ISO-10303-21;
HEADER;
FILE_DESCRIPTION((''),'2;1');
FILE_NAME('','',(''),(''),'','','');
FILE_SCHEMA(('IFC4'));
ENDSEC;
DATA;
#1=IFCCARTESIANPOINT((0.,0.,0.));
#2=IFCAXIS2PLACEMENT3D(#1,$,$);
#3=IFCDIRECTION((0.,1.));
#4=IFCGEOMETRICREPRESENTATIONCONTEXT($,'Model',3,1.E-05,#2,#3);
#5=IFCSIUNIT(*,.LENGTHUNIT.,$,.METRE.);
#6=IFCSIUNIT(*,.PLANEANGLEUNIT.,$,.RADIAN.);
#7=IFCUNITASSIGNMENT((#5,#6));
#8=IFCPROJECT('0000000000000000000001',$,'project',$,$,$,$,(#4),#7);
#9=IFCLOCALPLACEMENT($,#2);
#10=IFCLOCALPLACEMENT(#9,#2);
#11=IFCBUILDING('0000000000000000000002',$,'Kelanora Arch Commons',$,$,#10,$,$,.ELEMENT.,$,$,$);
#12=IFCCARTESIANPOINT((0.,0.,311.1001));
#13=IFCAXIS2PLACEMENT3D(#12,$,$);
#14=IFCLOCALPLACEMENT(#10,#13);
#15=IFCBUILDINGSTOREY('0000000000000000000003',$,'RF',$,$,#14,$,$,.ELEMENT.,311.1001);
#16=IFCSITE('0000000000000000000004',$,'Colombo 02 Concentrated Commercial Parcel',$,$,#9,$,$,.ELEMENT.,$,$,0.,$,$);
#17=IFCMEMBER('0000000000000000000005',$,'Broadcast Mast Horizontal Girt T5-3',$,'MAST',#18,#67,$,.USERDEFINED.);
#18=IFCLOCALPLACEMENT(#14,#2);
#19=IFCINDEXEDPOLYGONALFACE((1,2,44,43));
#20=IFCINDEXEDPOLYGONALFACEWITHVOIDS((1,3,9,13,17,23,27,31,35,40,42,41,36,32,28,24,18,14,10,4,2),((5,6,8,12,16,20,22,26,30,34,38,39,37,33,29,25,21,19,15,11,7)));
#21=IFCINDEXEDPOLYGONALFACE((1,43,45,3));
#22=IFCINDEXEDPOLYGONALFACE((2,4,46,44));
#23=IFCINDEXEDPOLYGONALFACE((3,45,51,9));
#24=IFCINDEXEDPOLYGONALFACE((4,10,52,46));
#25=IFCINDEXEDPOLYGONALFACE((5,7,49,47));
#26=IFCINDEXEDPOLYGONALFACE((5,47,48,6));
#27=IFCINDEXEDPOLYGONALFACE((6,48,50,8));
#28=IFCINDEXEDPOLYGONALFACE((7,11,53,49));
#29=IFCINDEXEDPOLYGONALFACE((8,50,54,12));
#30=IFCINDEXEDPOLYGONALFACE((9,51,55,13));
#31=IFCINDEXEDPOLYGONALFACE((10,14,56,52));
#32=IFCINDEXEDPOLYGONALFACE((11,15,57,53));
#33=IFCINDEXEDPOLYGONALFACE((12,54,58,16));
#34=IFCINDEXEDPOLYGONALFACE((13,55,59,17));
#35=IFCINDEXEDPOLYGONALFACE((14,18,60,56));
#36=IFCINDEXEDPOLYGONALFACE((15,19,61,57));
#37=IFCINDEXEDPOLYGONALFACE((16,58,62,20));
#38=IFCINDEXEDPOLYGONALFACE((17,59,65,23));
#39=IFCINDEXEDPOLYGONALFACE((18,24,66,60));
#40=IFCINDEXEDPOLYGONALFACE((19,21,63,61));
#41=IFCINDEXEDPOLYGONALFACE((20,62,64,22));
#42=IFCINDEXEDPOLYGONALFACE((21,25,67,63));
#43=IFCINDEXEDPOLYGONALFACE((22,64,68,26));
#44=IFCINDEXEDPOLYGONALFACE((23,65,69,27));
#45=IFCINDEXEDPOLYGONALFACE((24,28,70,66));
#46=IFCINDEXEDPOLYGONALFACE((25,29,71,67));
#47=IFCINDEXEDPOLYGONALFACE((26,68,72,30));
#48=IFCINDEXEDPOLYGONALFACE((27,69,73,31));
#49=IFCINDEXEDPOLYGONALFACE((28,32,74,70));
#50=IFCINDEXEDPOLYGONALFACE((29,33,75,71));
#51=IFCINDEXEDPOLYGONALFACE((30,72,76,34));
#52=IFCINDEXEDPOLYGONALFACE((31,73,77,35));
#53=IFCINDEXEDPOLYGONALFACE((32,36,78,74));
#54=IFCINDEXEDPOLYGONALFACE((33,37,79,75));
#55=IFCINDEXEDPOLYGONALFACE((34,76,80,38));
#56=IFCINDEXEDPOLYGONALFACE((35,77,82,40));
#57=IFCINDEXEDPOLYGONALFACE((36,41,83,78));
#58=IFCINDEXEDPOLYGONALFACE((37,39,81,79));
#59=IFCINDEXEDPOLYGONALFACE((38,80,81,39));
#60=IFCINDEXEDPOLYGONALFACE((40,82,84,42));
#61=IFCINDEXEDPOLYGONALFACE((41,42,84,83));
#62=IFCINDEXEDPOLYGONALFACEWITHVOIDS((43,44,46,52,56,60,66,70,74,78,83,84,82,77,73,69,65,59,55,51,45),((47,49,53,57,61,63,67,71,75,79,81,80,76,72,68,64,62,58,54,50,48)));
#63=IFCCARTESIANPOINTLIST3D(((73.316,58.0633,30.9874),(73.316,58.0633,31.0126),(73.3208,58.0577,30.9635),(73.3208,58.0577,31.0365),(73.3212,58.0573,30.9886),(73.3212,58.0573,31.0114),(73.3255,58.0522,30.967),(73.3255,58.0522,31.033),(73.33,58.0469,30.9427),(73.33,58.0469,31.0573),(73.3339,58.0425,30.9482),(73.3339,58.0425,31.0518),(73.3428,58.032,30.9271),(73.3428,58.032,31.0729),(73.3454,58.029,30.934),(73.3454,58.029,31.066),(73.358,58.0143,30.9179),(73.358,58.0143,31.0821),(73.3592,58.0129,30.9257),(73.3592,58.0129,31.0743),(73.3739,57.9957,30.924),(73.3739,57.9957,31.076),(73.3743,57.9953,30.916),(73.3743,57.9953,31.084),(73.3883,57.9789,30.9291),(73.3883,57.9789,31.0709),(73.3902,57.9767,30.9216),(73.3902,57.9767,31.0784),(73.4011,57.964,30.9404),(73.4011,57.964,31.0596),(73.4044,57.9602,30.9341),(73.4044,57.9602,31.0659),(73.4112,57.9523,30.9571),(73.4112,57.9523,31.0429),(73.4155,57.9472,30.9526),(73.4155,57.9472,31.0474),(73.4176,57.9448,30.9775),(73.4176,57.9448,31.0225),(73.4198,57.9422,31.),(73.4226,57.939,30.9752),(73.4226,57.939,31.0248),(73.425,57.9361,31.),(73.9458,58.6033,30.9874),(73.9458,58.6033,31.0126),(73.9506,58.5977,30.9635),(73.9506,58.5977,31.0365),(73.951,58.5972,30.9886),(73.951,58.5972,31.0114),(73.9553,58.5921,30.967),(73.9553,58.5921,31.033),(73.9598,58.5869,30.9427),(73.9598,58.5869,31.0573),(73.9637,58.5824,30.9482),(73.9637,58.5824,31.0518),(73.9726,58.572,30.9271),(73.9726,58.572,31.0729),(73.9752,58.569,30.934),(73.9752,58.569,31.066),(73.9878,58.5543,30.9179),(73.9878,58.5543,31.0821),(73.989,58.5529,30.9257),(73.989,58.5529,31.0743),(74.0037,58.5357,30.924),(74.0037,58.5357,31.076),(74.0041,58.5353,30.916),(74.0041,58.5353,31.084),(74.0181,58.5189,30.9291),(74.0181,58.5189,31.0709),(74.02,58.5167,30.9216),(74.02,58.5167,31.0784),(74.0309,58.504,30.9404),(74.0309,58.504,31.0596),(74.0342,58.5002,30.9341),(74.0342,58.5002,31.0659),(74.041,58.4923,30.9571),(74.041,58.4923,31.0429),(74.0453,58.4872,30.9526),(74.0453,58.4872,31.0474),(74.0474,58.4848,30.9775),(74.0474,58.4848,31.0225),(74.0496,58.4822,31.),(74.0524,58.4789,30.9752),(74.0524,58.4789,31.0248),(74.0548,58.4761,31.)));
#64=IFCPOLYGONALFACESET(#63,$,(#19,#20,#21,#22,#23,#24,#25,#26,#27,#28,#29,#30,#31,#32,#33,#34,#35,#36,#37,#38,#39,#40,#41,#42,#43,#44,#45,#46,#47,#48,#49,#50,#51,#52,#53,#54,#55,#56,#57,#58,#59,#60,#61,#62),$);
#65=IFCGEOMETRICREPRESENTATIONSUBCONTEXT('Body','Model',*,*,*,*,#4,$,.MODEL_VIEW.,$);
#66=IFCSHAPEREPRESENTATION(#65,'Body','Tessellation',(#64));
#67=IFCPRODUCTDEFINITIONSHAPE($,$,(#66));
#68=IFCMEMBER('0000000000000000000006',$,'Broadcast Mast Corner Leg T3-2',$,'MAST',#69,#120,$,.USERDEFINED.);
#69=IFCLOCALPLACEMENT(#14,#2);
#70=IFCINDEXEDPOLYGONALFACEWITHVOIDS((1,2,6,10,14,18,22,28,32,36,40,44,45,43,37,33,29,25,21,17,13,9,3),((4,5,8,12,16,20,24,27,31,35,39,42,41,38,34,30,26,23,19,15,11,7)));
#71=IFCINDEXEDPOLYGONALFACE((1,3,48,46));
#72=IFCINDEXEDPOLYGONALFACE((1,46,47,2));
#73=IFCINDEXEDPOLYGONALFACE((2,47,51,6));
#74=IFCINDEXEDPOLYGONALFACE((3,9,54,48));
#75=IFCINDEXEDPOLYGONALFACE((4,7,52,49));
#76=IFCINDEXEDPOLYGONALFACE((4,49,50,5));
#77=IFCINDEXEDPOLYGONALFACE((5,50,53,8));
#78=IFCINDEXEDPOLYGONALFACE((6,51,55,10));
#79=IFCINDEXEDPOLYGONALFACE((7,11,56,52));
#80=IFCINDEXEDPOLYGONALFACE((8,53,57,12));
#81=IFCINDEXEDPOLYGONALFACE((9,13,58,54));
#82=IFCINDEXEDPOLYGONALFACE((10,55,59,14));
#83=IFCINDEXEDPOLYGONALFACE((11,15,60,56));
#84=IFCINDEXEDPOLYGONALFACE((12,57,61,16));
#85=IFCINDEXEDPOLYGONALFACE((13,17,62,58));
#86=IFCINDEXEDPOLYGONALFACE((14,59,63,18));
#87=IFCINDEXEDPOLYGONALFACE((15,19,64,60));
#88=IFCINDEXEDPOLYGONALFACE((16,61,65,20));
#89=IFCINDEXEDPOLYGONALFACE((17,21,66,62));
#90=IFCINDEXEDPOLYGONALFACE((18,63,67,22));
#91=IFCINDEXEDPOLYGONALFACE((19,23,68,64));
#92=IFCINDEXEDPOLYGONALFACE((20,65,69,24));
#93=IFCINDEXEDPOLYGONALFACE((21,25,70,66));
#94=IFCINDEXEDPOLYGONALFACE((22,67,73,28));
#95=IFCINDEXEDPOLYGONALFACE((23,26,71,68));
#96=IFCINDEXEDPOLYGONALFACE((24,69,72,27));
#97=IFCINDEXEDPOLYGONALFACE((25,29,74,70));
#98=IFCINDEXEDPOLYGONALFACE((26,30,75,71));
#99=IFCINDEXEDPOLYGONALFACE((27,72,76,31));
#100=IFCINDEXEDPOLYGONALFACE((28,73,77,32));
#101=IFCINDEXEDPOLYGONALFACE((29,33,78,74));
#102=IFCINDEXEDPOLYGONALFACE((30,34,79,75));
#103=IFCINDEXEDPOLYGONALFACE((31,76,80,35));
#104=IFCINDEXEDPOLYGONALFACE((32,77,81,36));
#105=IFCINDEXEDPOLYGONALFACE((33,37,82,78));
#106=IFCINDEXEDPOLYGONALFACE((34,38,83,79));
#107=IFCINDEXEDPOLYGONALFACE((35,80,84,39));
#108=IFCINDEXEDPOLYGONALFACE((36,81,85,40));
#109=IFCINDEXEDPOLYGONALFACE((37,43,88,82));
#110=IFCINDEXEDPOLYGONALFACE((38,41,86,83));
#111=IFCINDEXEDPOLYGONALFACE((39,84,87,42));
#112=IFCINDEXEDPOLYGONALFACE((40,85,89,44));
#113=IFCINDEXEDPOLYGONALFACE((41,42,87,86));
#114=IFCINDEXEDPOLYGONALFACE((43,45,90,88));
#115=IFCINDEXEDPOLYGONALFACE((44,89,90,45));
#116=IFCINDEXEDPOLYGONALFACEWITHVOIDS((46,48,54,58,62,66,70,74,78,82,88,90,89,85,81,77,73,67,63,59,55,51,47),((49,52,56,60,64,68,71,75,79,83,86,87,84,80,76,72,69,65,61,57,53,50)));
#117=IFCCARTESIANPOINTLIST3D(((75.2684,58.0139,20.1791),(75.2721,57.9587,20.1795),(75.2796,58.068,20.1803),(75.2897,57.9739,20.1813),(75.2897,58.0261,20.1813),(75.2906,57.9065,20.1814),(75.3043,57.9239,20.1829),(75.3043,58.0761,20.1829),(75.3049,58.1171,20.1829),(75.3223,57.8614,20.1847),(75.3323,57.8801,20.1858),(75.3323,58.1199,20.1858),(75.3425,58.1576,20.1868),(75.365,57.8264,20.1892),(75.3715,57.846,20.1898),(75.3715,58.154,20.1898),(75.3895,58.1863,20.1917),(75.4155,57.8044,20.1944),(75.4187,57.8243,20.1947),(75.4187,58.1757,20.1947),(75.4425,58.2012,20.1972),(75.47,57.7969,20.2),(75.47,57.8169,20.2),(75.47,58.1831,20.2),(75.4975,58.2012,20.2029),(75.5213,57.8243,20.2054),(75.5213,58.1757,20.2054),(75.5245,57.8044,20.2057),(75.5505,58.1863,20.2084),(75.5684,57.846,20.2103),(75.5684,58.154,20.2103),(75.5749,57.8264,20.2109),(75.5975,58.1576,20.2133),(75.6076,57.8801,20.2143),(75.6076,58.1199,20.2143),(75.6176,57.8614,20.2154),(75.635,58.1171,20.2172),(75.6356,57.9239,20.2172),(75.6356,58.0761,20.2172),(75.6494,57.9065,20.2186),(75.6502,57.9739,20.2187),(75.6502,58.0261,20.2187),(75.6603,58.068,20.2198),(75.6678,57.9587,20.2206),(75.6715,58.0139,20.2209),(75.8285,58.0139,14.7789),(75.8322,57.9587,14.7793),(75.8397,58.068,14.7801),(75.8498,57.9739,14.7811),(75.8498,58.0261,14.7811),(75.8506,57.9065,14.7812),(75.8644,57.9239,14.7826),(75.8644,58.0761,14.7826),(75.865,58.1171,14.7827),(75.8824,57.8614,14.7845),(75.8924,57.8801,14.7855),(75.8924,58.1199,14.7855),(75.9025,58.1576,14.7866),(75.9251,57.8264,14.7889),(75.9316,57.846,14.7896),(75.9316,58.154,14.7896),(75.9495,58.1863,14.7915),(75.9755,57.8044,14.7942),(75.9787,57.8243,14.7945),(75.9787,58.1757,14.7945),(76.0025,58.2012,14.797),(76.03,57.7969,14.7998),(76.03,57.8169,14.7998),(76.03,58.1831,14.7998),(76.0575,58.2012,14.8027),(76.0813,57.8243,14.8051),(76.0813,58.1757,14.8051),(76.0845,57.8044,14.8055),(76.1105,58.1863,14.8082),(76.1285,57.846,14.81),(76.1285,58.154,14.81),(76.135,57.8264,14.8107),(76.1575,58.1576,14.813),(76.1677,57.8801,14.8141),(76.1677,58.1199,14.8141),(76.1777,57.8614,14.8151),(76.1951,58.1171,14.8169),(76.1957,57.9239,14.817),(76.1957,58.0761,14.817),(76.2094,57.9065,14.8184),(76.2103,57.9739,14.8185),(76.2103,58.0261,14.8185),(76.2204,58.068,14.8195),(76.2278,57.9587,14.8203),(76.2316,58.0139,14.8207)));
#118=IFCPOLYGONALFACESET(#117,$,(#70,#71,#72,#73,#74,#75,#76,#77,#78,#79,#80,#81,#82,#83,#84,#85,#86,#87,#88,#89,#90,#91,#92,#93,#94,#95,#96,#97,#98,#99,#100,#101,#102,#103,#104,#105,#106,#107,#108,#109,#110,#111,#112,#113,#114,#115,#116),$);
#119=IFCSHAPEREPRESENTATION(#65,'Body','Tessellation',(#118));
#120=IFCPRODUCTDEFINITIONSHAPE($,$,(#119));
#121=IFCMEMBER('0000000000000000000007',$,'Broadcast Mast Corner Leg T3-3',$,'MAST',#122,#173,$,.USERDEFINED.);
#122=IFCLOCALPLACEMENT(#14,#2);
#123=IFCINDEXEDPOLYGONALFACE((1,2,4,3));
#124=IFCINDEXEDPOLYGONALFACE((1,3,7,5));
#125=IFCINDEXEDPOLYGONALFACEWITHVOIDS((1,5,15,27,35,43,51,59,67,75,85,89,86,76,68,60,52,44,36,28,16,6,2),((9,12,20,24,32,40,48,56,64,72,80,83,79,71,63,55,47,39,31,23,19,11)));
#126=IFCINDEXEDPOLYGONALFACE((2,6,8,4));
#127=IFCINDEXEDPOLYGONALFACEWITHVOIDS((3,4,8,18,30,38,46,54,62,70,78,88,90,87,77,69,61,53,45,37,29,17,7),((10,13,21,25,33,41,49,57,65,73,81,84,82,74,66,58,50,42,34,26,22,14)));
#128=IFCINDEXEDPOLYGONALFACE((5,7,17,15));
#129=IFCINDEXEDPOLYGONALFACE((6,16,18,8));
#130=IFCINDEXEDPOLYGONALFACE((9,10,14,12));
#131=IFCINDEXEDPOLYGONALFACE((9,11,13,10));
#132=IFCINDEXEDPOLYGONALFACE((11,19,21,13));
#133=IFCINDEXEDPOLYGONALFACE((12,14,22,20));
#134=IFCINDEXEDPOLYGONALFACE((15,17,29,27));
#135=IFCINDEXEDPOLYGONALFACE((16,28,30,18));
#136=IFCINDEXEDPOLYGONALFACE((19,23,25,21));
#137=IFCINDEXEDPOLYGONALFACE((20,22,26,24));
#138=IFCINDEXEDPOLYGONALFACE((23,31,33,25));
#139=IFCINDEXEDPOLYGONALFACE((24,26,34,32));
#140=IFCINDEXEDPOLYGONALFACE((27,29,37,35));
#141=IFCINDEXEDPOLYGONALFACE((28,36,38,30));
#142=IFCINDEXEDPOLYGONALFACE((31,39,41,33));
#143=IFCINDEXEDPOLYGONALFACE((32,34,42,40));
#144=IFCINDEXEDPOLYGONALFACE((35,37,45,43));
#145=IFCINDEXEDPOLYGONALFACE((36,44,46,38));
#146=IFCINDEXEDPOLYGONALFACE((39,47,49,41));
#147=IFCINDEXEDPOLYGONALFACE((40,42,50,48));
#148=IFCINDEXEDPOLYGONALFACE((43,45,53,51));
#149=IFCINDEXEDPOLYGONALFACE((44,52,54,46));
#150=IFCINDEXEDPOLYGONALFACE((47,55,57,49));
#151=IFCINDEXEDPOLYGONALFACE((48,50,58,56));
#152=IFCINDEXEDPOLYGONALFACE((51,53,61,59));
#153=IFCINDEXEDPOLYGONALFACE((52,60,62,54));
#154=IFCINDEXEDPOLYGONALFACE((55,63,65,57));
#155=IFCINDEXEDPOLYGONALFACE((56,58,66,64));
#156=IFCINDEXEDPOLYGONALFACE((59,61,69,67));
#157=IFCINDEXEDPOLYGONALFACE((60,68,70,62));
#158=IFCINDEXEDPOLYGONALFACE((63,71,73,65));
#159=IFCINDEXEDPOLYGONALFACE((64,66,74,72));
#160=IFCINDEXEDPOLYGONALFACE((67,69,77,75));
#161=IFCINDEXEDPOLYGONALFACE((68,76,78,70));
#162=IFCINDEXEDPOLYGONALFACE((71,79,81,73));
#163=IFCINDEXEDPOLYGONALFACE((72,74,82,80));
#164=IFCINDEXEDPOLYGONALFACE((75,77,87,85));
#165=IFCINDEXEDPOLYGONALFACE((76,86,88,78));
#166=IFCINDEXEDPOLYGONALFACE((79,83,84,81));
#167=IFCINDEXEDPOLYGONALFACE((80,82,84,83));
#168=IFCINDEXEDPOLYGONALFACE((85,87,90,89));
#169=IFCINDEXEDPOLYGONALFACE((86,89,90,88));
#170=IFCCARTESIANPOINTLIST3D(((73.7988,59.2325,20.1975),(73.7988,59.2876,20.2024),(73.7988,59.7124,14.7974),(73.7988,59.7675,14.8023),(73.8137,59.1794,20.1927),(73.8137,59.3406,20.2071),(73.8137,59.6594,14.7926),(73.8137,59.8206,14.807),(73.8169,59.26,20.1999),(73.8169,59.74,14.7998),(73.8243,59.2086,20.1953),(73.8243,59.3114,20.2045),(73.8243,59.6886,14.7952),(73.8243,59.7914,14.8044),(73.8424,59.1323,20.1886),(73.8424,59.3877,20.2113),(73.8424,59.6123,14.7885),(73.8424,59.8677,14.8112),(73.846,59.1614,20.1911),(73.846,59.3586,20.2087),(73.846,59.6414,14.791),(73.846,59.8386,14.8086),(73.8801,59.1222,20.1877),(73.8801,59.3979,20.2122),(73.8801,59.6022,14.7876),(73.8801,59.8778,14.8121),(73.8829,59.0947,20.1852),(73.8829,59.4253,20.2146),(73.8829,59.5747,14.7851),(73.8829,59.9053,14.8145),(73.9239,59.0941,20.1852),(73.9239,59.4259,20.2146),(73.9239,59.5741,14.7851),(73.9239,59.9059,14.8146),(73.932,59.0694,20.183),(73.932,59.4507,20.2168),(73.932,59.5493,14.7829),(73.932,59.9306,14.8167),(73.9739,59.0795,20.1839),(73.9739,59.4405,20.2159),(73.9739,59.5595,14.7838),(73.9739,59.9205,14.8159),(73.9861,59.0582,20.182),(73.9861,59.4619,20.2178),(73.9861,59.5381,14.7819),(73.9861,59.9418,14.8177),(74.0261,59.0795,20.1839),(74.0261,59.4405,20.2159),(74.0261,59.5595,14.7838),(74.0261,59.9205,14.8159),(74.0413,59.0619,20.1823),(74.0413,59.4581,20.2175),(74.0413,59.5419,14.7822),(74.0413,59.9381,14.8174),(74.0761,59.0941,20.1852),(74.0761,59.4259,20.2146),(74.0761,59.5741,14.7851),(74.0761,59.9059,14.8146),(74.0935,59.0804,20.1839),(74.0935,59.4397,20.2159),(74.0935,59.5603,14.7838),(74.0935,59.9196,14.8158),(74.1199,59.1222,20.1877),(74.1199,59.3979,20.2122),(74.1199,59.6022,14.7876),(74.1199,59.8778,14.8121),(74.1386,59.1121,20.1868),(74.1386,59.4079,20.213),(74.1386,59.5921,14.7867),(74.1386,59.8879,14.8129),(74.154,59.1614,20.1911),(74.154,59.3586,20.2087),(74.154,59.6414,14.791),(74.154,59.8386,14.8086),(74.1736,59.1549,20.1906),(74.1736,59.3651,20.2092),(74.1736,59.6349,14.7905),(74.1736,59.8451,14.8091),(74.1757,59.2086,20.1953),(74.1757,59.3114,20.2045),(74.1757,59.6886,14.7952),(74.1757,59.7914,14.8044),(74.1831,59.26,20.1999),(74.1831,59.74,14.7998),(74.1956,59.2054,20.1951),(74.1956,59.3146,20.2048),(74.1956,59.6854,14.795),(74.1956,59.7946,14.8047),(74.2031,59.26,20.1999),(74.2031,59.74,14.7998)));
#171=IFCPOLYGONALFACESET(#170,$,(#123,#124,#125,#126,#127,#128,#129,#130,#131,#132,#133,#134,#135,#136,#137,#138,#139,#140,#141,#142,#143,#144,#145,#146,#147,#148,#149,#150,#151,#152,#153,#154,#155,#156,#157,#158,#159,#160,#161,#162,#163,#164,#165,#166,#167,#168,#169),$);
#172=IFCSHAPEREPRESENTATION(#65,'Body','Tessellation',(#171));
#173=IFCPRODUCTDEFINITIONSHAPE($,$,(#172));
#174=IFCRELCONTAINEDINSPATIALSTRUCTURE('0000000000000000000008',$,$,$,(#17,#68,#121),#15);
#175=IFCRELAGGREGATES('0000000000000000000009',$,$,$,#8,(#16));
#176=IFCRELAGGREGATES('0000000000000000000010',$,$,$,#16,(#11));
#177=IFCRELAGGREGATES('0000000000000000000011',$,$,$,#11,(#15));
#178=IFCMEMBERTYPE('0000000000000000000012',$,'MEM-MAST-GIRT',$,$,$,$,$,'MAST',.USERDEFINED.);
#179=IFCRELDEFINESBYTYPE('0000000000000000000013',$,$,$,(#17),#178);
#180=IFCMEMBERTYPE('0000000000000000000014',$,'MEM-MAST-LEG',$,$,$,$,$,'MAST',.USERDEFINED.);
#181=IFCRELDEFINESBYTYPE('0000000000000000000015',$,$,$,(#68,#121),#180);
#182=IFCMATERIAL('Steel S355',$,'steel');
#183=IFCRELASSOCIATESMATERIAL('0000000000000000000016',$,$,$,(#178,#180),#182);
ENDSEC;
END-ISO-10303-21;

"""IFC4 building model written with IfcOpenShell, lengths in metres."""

from ifc_helpers import new_model, si_unit, direction, frame, origin, origin_2d, place, context, subcontext, project, spatial, hollow_circle, extrude, material, material_profile, profile_set, type_object, element, save


model = new_model("IFC4")

# Units and contexts
model_context = context("Model", 3, precision=1e-05, world=origin(), true_north=direction((0.0, 1.0)))
body_context = subcontext(model_context, "Body", "Model", "MODEL_VIEW")
ifc_project = project(units=[si_unit("LENGTHUNIT", "METRE"), si_unit("PLANEANGLEUNIT", "RADIAN")], contexts=[model_context])

# Site, building, storey
site_placement = place(None, origin())
site = spatial("IfcSite", under=ifc_project, at=site_placement, Name="Colombo 02 Concentrated Commercial Parcel", CompositionType="ELEMENT", RefElevation=0.0)
building_placement = place(site_placement, origin())
building = spatial("IfcBuilding", under=site, at=building_placement, Name="Kelanora Arch Commons", CompositionType="ELEMENT")
storey_placement = place(building_placement, frame((0.0, 0.0, 311.1001)))
storey = spatial("IfcBuildingStorey", under=building, at=storey_placement, Name="RF", CompositionType="ELEMENT", Elevation=311.1001)

# Members
ifc_material = material(Name="Steel S355", Category="steel")
ifc_material_profile_1 = material_profile(ifc_material, hollow_circle(Radius=0.0842, WallThickness=0.0081, at=origin_2d()), Name="CHS168.3x8")
ifc_profile_set_1 = profile_set([ifc_material_profile_1], Name="Steel S355")
member_type_1 = type_object("IfcMemberType", Name="MEM-MAST-GIRT", ElementType="MAST", PredefinedType="USERDEFINED", material=ifc_profile_set_1)
for number, where, z_axis, x_axis, name in (
    (1, (74.0, 58.54, 31.0), (-0.759174, -0.650888, 0.0), (0.650888, -0.759174, 0.0), "Broadcast Mast Horizontal Girt T5-3"),
):
    element("IfcMember", number, at=place(storey_placement, frame(where, z_axis=z_axis, x_axis=x_axis)), inside=storey, type_object=member_type_1, Name=name, ObjectType="MAST", PredefinedType="USERDEFINED", context=body_context, shape_type="SweptSolid", body=[
        extrude(hollow_circle(Radius=0.0842, WallThickness=0.0081, at=origin_2d()), origin(), (0.0, 0.0, 1.0), 0.8296),
    ])
ifc_material_profile_2 = material_profile(ifc_material, hollow_circle(Radius=0.2031, WallThickness=0.02, at=origin_2d()), Name="CHS406.4x20")
ifc_profile_set_2 = profile_set([ifc_material_profile_2], Name="Steel S355")
member_type_2 = type_object("IfcMemberType", Name="MEM-MAST-LEG", ElementType="MAST", PredefinedType="USERDEFINED", material=ifc_profile_set_2)
member_1_placement = place(storey_placement, frame((76.03, 58.0, 14.7998), z_axis=(-0.103158, 0.0, 0.994665), x_axis=(0.0, -1.0, 0.0)))
element("IfcMember", 2, at=member_1_placement, inside=storey, type_object=member_type_2, Name="Broadcast Mast Corner Leg T3-2", ObjectType="MAST", PredefinedType="USERDEFINED", context=body_context, shape_type="SweptSolid", body=[
    extrude(hollow_circle(Radius=0.2031, WallThickness=0.02, at=origin_2d()), origin(), (0.0, 0.0, 1.0), 5.4292),
])
member_2_placement = place(storey_placement, frame((74.0, 59.74, 14.7998), z_axis=(0.0, -0.088534, 0.996073), x_axis=(1.0, 0.0, 0.0)))
element("IfcMember", 3, at=member_2_placement, inside=storey, type_object=member_type_2, Name="Broadcast Mast Corner Leg T3-3", ObjectType="MAST", PredefinedType="USERDEFINED", context=body_context, shape_type="SweptSolid", body=[
    extrude(hollow_circle(Radius=0.2031, WallThickness=0.02, at=origin_2d()), origin(), (0.0, 0.0, 1.0), 5.4214),
])

save(model, "model.ifc")
